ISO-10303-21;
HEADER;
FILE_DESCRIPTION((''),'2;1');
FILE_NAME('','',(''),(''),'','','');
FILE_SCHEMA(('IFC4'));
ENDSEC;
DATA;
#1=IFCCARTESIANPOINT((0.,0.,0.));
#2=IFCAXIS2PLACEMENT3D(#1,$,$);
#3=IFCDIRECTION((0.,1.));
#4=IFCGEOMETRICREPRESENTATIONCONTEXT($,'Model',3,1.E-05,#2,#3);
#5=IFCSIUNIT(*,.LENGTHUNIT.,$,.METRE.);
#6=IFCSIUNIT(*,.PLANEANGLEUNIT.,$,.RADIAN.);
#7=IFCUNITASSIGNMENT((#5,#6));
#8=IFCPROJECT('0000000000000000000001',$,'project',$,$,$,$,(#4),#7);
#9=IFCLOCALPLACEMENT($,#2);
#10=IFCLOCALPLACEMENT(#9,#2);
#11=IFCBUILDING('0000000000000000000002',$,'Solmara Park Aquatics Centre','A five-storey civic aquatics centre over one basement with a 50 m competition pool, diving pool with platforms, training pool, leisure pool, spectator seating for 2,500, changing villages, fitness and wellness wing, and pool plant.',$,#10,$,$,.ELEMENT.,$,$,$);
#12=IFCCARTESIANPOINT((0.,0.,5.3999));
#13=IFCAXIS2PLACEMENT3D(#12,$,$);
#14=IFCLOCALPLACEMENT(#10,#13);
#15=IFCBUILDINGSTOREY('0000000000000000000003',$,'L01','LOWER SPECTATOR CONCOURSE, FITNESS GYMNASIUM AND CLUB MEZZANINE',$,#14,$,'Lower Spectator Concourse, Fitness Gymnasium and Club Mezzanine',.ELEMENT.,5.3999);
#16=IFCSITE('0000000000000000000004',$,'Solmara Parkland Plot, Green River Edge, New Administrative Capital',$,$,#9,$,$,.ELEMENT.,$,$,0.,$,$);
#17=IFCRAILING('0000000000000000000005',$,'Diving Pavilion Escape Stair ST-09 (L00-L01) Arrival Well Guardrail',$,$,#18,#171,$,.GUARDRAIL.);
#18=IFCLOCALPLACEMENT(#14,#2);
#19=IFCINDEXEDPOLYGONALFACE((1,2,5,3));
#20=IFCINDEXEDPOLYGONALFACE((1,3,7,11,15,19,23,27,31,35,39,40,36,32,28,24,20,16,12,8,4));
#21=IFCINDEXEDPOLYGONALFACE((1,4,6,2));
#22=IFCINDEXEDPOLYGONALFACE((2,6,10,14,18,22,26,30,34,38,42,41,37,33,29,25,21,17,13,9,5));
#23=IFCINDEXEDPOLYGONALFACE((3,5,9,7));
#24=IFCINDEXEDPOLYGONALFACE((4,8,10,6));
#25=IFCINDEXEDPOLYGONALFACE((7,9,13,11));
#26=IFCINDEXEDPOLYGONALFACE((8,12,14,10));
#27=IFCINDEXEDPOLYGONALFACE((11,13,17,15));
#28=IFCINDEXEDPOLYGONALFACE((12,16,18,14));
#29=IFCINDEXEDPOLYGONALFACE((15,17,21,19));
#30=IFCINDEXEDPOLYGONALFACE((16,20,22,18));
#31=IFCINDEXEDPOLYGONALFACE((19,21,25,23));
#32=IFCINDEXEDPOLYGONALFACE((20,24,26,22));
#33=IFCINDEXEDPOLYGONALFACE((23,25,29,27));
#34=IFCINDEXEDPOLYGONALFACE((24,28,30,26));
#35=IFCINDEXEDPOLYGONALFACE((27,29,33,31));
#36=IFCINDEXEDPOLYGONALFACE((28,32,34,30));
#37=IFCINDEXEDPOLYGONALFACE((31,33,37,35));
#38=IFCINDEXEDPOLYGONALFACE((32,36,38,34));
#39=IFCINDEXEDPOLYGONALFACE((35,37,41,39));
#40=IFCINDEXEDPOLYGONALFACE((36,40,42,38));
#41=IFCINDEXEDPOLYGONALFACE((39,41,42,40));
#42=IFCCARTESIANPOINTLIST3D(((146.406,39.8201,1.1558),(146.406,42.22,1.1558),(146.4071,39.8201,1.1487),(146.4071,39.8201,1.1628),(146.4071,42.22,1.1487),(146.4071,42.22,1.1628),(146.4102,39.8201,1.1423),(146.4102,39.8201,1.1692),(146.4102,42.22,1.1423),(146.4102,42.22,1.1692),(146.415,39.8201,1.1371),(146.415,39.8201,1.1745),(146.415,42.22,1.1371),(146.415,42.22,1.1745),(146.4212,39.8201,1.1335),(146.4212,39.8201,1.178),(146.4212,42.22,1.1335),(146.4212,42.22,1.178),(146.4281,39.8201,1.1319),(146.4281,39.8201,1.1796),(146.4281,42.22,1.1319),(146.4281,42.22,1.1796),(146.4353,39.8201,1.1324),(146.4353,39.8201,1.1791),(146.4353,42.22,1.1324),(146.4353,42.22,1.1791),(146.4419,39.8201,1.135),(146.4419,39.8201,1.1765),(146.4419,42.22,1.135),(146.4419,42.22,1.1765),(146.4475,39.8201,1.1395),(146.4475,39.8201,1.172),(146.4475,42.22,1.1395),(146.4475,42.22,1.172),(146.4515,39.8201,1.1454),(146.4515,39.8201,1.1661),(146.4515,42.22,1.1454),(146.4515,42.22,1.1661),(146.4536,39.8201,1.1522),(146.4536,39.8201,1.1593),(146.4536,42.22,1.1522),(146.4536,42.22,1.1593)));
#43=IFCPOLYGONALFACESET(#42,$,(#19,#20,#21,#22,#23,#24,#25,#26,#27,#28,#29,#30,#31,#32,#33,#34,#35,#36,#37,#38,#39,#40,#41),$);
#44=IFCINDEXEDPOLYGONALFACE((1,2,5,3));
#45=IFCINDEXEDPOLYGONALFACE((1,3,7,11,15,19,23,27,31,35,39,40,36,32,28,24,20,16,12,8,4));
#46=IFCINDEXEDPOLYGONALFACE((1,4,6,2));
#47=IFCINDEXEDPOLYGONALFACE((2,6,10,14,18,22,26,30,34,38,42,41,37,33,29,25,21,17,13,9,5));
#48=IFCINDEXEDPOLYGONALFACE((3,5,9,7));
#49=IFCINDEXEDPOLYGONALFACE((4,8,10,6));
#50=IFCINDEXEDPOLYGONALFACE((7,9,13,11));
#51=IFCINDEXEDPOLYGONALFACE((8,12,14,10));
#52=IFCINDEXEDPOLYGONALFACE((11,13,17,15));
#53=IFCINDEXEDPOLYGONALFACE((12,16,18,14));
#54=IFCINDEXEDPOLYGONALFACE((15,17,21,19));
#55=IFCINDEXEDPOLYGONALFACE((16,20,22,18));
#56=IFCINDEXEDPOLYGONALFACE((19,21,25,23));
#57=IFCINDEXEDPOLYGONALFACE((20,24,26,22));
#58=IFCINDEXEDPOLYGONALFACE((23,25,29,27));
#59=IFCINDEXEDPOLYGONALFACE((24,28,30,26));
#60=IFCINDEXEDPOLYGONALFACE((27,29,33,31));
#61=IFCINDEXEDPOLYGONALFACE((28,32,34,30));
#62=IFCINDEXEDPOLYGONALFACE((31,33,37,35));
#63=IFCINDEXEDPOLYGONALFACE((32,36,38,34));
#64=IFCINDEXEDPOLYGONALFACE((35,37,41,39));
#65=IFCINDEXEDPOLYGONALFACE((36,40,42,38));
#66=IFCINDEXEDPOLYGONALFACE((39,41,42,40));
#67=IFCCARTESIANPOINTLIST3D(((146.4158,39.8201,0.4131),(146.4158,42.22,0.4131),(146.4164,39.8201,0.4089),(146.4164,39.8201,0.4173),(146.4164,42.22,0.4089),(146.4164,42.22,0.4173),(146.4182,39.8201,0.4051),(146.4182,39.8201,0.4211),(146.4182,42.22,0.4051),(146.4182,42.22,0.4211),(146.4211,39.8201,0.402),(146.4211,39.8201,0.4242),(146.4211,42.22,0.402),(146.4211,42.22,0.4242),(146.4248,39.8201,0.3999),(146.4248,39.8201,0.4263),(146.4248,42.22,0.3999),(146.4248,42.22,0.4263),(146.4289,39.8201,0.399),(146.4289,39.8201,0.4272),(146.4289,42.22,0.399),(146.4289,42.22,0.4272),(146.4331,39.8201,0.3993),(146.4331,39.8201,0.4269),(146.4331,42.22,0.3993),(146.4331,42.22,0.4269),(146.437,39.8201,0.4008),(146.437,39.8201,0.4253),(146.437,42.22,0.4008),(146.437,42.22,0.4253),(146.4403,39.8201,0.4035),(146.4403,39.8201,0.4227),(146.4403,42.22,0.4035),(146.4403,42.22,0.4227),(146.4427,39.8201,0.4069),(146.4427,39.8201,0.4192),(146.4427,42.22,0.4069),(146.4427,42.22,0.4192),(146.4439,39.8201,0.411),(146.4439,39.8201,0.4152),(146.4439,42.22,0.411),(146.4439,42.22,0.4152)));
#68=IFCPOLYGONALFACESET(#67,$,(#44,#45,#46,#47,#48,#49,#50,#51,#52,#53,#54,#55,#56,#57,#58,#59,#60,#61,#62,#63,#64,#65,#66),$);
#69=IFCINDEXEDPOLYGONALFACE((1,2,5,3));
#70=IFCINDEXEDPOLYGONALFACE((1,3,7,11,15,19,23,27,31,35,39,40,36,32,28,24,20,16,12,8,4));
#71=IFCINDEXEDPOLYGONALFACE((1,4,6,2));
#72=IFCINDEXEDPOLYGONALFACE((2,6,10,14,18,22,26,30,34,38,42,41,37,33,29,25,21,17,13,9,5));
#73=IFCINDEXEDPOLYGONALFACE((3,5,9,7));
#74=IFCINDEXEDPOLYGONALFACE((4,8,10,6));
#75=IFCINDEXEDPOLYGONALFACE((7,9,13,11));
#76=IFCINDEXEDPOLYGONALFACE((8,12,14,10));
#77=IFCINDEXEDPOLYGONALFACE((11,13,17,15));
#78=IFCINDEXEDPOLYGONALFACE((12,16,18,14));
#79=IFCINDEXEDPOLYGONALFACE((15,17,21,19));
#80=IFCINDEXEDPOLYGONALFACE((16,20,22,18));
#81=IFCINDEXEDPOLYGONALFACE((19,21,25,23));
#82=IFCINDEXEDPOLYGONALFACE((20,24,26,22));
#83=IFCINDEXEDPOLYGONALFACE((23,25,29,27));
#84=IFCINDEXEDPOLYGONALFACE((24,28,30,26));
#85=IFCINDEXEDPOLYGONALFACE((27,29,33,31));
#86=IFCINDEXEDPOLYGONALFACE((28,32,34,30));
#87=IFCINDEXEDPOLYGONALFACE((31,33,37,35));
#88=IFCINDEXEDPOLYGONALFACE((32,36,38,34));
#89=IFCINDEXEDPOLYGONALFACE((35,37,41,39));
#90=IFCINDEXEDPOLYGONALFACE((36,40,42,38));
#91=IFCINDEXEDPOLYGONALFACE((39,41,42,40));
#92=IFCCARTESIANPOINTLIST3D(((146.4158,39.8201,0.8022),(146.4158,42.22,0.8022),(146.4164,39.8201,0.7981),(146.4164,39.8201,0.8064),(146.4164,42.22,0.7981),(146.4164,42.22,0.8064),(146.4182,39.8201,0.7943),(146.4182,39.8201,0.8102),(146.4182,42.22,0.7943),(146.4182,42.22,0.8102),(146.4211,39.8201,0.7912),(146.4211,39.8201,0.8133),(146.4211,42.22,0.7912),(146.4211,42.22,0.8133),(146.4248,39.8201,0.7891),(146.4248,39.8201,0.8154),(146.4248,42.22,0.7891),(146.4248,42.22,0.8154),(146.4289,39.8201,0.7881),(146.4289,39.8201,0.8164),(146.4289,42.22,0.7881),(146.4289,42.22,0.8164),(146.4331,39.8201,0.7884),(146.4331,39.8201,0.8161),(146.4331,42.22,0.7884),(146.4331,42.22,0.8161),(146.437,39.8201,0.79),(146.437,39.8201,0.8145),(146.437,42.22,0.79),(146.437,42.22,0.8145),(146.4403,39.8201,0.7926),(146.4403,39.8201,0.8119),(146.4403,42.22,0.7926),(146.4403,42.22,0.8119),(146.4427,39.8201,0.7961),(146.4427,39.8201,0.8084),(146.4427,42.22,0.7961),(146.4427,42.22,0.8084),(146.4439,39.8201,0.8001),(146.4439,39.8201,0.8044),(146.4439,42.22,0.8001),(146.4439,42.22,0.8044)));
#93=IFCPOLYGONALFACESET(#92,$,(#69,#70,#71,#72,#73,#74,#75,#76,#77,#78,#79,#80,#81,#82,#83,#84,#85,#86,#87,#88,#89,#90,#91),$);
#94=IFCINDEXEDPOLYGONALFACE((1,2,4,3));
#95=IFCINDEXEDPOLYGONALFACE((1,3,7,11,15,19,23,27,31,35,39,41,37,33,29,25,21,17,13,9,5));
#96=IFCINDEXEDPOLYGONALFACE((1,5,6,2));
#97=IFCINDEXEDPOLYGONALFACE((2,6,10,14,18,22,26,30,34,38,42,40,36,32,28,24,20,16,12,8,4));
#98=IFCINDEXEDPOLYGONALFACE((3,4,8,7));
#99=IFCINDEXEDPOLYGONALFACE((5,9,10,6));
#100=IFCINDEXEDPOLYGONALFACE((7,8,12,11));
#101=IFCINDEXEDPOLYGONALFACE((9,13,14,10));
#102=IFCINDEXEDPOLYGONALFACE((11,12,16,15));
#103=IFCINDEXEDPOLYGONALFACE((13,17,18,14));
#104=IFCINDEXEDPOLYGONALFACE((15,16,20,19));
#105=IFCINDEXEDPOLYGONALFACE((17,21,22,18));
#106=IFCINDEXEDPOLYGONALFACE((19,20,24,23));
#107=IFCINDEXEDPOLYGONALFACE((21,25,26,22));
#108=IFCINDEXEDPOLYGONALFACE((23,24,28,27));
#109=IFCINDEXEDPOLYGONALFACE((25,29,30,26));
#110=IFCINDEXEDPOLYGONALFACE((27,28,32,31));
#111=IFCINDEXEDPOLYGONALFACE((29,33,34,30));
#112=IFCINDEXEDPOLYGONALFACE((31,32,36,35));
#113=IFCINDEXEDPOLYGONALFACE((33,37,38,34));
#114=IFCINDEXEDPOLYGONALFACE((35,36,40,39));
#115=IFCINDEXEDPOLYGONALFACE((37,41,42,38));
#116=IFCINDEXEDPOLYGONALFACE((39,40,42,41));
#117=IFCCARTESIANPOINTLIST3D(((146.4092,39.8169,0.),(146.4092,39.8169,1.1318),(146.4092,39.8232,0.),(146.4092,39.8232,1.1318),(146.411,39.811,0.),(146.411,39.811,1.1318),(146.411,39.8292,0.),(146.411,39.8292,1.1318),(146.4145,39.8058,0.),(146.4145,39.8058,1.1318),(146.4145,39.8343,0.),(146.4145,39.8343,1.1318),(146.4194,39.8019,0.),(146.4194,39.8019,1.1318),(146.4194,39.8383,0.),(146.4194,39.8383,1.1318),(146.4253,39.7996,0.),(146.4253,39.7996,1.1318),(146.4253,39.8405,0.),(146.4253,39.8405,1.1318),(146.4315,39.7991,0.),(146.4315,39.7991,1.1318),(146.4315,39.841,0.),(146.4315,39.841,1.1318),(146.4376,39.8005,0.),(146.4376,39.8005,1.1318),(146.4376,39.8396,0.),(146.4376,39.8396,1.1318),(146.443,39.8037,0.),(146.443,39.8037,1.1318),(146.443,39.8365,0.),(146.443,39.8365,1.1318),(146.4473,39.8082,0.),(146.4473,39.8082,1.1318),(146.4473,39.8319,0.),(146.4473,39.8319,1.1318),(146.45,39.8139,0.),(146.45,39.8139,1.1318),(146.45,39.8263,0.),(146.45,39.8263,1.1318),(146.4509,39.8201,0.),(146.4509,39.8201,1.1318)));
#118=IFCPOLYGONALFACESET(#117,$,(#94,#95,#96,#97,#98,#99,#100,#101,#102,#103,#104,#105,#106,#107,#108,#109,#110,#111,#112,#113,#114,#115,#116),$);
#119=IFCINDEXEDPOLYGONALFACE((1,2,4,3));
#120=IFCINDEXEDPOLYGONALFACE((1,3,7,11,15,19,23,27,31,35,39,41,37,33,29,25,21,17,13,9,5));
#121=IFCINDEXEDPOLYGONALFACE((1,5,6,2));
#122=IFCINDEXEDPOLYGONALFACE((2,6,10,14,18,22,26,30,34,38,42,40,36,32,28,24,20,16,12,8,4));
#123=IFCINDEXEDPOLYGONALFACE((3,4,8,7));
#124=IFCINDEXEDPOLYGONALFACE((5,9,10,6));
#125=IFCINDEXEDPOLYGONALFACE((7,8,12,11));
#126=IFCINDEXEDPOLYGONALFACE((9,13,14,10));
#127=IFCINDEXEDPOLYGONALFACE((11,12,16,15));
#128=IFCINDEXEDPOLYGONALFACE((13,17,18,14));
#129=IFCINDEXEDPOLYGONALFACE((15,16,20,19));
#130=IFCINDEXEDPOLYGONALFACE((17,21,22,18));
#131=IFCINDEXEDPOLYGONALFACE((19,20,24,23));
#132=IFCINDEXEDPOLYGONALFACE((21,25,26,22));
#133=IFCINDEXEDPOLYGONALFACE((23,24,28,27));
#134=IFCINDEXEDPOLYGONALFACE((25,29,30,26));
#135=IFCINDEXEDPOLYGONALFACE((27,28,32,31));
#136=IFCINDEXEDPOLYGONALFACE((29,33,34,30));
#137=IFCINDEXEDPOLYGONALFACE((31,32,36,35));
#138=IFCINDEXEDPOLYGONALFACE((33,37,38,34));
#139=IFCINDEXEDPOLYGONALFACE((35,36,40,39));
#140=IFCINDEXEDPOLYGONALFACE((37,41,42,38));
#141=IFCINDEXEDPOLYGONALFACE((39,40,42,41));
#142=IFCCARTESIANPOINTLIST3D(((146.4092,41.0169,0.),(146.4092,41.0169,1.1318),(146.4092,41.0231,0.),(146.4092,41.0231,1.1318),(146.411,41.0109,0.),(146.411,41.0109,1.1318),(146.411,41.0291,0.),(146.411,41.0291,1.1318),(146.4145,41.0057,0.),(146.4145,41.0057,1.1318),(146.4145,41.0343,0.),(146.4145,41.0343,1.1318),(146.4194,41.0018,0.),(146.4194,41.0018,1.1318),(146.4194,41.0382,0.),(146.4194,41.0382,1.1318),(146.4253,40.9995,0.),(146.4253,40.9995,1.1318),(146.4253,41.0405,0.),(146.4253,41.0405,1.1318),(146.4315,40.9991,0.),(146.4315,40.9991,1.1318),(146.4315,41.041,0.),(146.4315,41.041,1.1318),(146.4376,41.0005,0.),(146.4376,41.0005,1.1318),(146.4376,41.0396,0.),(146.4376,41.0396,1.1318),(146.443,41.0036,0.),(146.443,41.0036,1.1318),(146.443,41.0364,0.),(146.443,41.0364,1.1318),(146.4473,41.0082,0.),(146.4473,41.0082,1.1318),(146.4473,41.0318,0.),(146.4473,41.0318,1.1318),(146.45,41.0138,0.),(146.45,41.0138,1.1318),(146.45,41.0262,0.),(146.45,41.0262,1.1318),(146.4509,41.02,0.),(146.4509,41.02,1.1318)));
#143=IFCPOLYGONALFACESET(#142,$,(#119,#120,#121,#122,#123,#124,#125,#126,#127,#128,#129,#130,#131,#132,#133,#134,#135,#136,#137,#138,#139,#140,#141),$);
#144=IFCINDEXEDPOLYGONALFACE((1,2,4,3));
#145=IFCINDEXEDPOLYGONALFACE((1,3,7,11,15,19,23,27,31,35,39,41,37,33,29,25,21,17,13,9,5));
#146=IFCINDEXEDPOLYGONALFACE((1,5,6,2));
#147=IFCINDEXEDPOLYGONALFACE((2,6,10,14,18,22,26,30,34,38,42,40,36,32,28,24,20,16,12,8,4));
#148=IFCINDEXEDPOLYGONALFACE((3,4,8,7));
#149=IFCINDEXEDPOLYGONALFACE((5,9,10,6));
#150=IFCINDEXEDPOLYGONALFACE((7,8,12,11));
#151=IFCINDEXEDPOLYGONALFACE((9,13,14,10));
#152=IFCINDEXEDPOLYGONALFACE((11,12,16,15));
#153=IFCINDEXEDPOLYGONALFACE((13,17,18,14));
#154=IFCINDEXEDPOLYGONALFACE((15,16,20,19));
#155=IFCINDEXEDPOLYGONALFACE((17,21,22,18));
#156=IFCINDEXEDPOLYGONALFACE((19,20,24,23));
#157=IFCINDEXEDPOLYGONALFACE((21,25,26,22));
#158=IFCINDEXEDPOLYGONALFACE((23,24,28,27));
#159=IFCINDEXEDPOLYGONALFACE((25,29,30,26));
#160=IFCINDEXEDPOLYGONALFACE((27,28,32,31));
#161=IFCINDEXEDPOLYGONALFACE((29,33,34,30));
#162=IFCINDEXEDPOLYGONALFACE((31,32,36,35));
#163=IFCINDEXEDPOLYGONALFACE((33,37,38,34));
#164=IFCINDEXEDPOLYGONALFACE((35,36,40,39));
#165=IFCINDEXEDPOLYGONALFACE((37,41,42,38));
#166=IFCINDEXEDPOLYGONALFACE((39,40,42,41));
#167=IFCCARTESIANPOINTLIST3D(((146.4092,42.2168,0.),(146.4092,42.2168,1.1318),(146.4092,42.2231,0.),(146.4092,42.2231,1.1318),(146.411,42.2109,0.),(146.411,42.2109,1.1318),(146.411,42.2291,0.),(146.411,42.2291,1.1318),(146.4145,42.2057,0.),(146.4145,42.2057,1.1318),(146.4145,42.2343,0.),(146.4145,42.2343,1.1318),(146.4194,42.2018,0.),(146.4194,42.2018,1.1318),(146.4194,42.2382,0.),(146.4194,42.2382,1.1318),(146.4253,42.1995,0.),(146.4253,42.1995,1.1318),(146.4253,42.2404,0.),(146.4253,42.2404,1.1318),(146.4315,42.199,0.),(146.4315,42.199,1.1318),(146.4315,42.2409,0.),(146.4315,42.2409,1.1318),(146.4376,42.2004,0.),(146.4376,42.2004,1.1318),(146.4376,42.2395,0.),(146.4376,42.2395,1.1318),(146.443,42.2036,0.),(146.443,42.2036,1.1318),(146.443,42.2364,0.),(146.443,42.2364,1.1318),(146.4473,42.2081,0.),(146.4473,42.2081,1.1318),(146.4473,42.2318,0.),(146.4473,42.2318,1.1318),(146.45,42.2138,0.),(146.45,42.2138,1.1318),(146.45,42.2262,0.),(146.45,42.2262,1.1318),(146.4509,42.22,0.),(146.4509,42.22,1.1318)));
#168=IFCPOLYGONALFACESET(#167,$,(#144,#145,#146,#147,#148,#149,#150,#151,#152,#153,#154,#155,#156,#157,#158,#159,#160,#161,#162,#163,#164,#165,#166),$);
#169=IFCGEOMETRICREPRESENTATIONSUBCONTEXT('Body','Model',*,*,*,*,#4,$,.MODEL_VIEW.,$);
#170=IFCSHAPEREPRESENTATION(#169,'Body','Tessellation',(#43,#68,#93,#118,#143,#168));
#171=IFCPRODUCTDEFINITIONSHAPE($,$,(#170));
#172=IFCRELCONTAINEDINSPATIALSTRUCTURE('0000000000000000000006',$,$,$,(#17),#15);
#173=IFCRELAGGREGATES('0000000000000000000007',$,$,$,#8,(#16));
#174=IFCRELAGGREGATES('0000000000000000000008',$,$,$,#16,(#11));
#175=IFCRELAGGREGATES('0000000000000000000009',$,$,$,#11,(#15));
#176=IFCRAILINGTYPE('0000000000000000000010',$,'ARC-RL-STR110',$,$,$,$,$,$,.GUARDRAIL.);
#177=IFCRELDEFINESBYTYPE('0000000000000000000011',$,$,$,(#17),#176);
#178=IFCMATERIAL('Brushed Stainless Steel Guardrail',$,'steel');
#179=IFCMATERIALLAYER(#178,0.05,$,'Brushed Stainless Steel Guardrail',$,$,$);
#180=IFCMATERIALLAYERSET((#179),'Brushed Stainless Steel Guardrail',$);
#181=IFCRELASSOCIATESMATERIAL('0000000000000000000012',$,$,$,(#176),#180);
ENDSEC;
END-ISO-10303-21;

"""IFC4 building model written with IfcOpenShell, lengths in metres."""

from ifc_helpers import new_model, si_unit, direction, frame, origin, origin_2d, place, context, subcontext, project, spatial, circle, extrude, material, layer, layer_set, type_object, element, save


model = new_model("IFC4")

# Units and contexts
model_context = context("Model", 3, precision=1e-05, world=origin(), true_north=direction((0.0, 1.0)))
body_context = subcontext(model_context, "Body", "Model", "MODEL_VIEW")
ifc_project = project(units=[si_unit("LENGTHUNIT", "METRE"), si_unit("PLANEANGLEUNIT", "RADIAN")], contexts=[model_context])

# Site, building, storey
site_placement = place(None, origin())
site = spatial("IfcSite", under=ifc_project, at=site_placement, Name="Solmara Parkland Plot, Green River Edge, New Administrative Capital", CompositionType="ELEMENT", RefElevation=0.0)
building_placement = place(site_placement, origin())
building = spatial("IfcBuilding", under=site, at=building_placement, Name="Solmara Park Aquatics Centre", Description="A five-storey civic aquatics centre over one basement with a 50 m competition pool, diving pool with platforms, training pool, leisure pool, spectator seating for 2,500, changing villages, fitness and wellness wing, and pool plant.", CompositionType="ELEMENT")
storey_placement = place(building_placement, frame((0.0, 0.0, 5.3999)))
storey = spatial("IfcBuildingStorey", under=building, at=storey_placement, Name="L01", Description="LOWER SPECTATOR CONCOURSE, FITNESS GYMNASIUM AND CLUB MEZZANINE", LongName="Lower Spectator Concourse, Fitness Gymnasium and Club Mezzanine", CompositionType="ELEMENT", Elevation=5.3999)

# Railing
ifc_material_1 = material(Name="Brushed Stainless Steel Guardrail", Category="steel")
ifc_layer_1 = layer(ifc_material_1, 0.05, Name="Brushed Stainless Steel Guardrail")
ifc_layer_set_1 = layer_set([ifc_layer_1], Name="Brushed Stainless Steel Guardrail")
railing_type_1 = type_object("IfcRailingType", Name="ARC-RL-STR110", PredefinedType="GUARDRAIL", material=ifc_layer_set_1)
railing_1_placement = place(storey_placement, frame((146.4299, 39.8201, 0.0)))
element("IfcRailing", 1, at=railing_1_placement, inside=storey, type_object=railing_type_1, Name="Diving Pavilion Escape Stair ST-09 (L00-L01) Arrival Well Guardrail", PredefinedType="GUARDRAIL", context=body_context, shape_type="SweptSolid", body=[
    extrude(circle(Radius=0.0239, at=origin_2d()), frame((0.0, 0.0, 1.1558), z_axis=(0.0, 1.0, 0.0), x_axis=(-1.0, 0.0, 0.0)), (0.0, 0.0, 1.0), 2.3999),
    extrude(circle(Radius=0.0142, at=origin_2d()), frame((0.0, 0.0, 0.4131), z_axis=(0.0, 1.0, 0.0), x_axis=(-1.0, 0.0, 0.0)), (0.0, 0.0, 1.0), 2.3999),
    extrude(circle(Radius=0.0142, at=origin_2d()), frame((0.0, 0.0, 0.8022), z_axis=(0.0, 1.0, 0.0), x_axis=(-1.0, 0.0, 0.0)), (0.0, 0.0, 1.0), 2.3999),
    extrude(circle(Radius=0.021, at=origin_2d()), origin(), (0.0, 0.0, 1.0), 1.1318),
    extrude(circle(Radius=0.021, at=origin_2d()), frame((0.0, 1.2, 0.0)), (0.0, 0.0, 1.0), 1.1318),
    extrude(circle(Radius=0.021, at=origin_2d()), frame((0.0, 2.3999, 0.0)), (0.0, 0.0, 1.0), 1.1318),
])

save(model, "model.ifc")
